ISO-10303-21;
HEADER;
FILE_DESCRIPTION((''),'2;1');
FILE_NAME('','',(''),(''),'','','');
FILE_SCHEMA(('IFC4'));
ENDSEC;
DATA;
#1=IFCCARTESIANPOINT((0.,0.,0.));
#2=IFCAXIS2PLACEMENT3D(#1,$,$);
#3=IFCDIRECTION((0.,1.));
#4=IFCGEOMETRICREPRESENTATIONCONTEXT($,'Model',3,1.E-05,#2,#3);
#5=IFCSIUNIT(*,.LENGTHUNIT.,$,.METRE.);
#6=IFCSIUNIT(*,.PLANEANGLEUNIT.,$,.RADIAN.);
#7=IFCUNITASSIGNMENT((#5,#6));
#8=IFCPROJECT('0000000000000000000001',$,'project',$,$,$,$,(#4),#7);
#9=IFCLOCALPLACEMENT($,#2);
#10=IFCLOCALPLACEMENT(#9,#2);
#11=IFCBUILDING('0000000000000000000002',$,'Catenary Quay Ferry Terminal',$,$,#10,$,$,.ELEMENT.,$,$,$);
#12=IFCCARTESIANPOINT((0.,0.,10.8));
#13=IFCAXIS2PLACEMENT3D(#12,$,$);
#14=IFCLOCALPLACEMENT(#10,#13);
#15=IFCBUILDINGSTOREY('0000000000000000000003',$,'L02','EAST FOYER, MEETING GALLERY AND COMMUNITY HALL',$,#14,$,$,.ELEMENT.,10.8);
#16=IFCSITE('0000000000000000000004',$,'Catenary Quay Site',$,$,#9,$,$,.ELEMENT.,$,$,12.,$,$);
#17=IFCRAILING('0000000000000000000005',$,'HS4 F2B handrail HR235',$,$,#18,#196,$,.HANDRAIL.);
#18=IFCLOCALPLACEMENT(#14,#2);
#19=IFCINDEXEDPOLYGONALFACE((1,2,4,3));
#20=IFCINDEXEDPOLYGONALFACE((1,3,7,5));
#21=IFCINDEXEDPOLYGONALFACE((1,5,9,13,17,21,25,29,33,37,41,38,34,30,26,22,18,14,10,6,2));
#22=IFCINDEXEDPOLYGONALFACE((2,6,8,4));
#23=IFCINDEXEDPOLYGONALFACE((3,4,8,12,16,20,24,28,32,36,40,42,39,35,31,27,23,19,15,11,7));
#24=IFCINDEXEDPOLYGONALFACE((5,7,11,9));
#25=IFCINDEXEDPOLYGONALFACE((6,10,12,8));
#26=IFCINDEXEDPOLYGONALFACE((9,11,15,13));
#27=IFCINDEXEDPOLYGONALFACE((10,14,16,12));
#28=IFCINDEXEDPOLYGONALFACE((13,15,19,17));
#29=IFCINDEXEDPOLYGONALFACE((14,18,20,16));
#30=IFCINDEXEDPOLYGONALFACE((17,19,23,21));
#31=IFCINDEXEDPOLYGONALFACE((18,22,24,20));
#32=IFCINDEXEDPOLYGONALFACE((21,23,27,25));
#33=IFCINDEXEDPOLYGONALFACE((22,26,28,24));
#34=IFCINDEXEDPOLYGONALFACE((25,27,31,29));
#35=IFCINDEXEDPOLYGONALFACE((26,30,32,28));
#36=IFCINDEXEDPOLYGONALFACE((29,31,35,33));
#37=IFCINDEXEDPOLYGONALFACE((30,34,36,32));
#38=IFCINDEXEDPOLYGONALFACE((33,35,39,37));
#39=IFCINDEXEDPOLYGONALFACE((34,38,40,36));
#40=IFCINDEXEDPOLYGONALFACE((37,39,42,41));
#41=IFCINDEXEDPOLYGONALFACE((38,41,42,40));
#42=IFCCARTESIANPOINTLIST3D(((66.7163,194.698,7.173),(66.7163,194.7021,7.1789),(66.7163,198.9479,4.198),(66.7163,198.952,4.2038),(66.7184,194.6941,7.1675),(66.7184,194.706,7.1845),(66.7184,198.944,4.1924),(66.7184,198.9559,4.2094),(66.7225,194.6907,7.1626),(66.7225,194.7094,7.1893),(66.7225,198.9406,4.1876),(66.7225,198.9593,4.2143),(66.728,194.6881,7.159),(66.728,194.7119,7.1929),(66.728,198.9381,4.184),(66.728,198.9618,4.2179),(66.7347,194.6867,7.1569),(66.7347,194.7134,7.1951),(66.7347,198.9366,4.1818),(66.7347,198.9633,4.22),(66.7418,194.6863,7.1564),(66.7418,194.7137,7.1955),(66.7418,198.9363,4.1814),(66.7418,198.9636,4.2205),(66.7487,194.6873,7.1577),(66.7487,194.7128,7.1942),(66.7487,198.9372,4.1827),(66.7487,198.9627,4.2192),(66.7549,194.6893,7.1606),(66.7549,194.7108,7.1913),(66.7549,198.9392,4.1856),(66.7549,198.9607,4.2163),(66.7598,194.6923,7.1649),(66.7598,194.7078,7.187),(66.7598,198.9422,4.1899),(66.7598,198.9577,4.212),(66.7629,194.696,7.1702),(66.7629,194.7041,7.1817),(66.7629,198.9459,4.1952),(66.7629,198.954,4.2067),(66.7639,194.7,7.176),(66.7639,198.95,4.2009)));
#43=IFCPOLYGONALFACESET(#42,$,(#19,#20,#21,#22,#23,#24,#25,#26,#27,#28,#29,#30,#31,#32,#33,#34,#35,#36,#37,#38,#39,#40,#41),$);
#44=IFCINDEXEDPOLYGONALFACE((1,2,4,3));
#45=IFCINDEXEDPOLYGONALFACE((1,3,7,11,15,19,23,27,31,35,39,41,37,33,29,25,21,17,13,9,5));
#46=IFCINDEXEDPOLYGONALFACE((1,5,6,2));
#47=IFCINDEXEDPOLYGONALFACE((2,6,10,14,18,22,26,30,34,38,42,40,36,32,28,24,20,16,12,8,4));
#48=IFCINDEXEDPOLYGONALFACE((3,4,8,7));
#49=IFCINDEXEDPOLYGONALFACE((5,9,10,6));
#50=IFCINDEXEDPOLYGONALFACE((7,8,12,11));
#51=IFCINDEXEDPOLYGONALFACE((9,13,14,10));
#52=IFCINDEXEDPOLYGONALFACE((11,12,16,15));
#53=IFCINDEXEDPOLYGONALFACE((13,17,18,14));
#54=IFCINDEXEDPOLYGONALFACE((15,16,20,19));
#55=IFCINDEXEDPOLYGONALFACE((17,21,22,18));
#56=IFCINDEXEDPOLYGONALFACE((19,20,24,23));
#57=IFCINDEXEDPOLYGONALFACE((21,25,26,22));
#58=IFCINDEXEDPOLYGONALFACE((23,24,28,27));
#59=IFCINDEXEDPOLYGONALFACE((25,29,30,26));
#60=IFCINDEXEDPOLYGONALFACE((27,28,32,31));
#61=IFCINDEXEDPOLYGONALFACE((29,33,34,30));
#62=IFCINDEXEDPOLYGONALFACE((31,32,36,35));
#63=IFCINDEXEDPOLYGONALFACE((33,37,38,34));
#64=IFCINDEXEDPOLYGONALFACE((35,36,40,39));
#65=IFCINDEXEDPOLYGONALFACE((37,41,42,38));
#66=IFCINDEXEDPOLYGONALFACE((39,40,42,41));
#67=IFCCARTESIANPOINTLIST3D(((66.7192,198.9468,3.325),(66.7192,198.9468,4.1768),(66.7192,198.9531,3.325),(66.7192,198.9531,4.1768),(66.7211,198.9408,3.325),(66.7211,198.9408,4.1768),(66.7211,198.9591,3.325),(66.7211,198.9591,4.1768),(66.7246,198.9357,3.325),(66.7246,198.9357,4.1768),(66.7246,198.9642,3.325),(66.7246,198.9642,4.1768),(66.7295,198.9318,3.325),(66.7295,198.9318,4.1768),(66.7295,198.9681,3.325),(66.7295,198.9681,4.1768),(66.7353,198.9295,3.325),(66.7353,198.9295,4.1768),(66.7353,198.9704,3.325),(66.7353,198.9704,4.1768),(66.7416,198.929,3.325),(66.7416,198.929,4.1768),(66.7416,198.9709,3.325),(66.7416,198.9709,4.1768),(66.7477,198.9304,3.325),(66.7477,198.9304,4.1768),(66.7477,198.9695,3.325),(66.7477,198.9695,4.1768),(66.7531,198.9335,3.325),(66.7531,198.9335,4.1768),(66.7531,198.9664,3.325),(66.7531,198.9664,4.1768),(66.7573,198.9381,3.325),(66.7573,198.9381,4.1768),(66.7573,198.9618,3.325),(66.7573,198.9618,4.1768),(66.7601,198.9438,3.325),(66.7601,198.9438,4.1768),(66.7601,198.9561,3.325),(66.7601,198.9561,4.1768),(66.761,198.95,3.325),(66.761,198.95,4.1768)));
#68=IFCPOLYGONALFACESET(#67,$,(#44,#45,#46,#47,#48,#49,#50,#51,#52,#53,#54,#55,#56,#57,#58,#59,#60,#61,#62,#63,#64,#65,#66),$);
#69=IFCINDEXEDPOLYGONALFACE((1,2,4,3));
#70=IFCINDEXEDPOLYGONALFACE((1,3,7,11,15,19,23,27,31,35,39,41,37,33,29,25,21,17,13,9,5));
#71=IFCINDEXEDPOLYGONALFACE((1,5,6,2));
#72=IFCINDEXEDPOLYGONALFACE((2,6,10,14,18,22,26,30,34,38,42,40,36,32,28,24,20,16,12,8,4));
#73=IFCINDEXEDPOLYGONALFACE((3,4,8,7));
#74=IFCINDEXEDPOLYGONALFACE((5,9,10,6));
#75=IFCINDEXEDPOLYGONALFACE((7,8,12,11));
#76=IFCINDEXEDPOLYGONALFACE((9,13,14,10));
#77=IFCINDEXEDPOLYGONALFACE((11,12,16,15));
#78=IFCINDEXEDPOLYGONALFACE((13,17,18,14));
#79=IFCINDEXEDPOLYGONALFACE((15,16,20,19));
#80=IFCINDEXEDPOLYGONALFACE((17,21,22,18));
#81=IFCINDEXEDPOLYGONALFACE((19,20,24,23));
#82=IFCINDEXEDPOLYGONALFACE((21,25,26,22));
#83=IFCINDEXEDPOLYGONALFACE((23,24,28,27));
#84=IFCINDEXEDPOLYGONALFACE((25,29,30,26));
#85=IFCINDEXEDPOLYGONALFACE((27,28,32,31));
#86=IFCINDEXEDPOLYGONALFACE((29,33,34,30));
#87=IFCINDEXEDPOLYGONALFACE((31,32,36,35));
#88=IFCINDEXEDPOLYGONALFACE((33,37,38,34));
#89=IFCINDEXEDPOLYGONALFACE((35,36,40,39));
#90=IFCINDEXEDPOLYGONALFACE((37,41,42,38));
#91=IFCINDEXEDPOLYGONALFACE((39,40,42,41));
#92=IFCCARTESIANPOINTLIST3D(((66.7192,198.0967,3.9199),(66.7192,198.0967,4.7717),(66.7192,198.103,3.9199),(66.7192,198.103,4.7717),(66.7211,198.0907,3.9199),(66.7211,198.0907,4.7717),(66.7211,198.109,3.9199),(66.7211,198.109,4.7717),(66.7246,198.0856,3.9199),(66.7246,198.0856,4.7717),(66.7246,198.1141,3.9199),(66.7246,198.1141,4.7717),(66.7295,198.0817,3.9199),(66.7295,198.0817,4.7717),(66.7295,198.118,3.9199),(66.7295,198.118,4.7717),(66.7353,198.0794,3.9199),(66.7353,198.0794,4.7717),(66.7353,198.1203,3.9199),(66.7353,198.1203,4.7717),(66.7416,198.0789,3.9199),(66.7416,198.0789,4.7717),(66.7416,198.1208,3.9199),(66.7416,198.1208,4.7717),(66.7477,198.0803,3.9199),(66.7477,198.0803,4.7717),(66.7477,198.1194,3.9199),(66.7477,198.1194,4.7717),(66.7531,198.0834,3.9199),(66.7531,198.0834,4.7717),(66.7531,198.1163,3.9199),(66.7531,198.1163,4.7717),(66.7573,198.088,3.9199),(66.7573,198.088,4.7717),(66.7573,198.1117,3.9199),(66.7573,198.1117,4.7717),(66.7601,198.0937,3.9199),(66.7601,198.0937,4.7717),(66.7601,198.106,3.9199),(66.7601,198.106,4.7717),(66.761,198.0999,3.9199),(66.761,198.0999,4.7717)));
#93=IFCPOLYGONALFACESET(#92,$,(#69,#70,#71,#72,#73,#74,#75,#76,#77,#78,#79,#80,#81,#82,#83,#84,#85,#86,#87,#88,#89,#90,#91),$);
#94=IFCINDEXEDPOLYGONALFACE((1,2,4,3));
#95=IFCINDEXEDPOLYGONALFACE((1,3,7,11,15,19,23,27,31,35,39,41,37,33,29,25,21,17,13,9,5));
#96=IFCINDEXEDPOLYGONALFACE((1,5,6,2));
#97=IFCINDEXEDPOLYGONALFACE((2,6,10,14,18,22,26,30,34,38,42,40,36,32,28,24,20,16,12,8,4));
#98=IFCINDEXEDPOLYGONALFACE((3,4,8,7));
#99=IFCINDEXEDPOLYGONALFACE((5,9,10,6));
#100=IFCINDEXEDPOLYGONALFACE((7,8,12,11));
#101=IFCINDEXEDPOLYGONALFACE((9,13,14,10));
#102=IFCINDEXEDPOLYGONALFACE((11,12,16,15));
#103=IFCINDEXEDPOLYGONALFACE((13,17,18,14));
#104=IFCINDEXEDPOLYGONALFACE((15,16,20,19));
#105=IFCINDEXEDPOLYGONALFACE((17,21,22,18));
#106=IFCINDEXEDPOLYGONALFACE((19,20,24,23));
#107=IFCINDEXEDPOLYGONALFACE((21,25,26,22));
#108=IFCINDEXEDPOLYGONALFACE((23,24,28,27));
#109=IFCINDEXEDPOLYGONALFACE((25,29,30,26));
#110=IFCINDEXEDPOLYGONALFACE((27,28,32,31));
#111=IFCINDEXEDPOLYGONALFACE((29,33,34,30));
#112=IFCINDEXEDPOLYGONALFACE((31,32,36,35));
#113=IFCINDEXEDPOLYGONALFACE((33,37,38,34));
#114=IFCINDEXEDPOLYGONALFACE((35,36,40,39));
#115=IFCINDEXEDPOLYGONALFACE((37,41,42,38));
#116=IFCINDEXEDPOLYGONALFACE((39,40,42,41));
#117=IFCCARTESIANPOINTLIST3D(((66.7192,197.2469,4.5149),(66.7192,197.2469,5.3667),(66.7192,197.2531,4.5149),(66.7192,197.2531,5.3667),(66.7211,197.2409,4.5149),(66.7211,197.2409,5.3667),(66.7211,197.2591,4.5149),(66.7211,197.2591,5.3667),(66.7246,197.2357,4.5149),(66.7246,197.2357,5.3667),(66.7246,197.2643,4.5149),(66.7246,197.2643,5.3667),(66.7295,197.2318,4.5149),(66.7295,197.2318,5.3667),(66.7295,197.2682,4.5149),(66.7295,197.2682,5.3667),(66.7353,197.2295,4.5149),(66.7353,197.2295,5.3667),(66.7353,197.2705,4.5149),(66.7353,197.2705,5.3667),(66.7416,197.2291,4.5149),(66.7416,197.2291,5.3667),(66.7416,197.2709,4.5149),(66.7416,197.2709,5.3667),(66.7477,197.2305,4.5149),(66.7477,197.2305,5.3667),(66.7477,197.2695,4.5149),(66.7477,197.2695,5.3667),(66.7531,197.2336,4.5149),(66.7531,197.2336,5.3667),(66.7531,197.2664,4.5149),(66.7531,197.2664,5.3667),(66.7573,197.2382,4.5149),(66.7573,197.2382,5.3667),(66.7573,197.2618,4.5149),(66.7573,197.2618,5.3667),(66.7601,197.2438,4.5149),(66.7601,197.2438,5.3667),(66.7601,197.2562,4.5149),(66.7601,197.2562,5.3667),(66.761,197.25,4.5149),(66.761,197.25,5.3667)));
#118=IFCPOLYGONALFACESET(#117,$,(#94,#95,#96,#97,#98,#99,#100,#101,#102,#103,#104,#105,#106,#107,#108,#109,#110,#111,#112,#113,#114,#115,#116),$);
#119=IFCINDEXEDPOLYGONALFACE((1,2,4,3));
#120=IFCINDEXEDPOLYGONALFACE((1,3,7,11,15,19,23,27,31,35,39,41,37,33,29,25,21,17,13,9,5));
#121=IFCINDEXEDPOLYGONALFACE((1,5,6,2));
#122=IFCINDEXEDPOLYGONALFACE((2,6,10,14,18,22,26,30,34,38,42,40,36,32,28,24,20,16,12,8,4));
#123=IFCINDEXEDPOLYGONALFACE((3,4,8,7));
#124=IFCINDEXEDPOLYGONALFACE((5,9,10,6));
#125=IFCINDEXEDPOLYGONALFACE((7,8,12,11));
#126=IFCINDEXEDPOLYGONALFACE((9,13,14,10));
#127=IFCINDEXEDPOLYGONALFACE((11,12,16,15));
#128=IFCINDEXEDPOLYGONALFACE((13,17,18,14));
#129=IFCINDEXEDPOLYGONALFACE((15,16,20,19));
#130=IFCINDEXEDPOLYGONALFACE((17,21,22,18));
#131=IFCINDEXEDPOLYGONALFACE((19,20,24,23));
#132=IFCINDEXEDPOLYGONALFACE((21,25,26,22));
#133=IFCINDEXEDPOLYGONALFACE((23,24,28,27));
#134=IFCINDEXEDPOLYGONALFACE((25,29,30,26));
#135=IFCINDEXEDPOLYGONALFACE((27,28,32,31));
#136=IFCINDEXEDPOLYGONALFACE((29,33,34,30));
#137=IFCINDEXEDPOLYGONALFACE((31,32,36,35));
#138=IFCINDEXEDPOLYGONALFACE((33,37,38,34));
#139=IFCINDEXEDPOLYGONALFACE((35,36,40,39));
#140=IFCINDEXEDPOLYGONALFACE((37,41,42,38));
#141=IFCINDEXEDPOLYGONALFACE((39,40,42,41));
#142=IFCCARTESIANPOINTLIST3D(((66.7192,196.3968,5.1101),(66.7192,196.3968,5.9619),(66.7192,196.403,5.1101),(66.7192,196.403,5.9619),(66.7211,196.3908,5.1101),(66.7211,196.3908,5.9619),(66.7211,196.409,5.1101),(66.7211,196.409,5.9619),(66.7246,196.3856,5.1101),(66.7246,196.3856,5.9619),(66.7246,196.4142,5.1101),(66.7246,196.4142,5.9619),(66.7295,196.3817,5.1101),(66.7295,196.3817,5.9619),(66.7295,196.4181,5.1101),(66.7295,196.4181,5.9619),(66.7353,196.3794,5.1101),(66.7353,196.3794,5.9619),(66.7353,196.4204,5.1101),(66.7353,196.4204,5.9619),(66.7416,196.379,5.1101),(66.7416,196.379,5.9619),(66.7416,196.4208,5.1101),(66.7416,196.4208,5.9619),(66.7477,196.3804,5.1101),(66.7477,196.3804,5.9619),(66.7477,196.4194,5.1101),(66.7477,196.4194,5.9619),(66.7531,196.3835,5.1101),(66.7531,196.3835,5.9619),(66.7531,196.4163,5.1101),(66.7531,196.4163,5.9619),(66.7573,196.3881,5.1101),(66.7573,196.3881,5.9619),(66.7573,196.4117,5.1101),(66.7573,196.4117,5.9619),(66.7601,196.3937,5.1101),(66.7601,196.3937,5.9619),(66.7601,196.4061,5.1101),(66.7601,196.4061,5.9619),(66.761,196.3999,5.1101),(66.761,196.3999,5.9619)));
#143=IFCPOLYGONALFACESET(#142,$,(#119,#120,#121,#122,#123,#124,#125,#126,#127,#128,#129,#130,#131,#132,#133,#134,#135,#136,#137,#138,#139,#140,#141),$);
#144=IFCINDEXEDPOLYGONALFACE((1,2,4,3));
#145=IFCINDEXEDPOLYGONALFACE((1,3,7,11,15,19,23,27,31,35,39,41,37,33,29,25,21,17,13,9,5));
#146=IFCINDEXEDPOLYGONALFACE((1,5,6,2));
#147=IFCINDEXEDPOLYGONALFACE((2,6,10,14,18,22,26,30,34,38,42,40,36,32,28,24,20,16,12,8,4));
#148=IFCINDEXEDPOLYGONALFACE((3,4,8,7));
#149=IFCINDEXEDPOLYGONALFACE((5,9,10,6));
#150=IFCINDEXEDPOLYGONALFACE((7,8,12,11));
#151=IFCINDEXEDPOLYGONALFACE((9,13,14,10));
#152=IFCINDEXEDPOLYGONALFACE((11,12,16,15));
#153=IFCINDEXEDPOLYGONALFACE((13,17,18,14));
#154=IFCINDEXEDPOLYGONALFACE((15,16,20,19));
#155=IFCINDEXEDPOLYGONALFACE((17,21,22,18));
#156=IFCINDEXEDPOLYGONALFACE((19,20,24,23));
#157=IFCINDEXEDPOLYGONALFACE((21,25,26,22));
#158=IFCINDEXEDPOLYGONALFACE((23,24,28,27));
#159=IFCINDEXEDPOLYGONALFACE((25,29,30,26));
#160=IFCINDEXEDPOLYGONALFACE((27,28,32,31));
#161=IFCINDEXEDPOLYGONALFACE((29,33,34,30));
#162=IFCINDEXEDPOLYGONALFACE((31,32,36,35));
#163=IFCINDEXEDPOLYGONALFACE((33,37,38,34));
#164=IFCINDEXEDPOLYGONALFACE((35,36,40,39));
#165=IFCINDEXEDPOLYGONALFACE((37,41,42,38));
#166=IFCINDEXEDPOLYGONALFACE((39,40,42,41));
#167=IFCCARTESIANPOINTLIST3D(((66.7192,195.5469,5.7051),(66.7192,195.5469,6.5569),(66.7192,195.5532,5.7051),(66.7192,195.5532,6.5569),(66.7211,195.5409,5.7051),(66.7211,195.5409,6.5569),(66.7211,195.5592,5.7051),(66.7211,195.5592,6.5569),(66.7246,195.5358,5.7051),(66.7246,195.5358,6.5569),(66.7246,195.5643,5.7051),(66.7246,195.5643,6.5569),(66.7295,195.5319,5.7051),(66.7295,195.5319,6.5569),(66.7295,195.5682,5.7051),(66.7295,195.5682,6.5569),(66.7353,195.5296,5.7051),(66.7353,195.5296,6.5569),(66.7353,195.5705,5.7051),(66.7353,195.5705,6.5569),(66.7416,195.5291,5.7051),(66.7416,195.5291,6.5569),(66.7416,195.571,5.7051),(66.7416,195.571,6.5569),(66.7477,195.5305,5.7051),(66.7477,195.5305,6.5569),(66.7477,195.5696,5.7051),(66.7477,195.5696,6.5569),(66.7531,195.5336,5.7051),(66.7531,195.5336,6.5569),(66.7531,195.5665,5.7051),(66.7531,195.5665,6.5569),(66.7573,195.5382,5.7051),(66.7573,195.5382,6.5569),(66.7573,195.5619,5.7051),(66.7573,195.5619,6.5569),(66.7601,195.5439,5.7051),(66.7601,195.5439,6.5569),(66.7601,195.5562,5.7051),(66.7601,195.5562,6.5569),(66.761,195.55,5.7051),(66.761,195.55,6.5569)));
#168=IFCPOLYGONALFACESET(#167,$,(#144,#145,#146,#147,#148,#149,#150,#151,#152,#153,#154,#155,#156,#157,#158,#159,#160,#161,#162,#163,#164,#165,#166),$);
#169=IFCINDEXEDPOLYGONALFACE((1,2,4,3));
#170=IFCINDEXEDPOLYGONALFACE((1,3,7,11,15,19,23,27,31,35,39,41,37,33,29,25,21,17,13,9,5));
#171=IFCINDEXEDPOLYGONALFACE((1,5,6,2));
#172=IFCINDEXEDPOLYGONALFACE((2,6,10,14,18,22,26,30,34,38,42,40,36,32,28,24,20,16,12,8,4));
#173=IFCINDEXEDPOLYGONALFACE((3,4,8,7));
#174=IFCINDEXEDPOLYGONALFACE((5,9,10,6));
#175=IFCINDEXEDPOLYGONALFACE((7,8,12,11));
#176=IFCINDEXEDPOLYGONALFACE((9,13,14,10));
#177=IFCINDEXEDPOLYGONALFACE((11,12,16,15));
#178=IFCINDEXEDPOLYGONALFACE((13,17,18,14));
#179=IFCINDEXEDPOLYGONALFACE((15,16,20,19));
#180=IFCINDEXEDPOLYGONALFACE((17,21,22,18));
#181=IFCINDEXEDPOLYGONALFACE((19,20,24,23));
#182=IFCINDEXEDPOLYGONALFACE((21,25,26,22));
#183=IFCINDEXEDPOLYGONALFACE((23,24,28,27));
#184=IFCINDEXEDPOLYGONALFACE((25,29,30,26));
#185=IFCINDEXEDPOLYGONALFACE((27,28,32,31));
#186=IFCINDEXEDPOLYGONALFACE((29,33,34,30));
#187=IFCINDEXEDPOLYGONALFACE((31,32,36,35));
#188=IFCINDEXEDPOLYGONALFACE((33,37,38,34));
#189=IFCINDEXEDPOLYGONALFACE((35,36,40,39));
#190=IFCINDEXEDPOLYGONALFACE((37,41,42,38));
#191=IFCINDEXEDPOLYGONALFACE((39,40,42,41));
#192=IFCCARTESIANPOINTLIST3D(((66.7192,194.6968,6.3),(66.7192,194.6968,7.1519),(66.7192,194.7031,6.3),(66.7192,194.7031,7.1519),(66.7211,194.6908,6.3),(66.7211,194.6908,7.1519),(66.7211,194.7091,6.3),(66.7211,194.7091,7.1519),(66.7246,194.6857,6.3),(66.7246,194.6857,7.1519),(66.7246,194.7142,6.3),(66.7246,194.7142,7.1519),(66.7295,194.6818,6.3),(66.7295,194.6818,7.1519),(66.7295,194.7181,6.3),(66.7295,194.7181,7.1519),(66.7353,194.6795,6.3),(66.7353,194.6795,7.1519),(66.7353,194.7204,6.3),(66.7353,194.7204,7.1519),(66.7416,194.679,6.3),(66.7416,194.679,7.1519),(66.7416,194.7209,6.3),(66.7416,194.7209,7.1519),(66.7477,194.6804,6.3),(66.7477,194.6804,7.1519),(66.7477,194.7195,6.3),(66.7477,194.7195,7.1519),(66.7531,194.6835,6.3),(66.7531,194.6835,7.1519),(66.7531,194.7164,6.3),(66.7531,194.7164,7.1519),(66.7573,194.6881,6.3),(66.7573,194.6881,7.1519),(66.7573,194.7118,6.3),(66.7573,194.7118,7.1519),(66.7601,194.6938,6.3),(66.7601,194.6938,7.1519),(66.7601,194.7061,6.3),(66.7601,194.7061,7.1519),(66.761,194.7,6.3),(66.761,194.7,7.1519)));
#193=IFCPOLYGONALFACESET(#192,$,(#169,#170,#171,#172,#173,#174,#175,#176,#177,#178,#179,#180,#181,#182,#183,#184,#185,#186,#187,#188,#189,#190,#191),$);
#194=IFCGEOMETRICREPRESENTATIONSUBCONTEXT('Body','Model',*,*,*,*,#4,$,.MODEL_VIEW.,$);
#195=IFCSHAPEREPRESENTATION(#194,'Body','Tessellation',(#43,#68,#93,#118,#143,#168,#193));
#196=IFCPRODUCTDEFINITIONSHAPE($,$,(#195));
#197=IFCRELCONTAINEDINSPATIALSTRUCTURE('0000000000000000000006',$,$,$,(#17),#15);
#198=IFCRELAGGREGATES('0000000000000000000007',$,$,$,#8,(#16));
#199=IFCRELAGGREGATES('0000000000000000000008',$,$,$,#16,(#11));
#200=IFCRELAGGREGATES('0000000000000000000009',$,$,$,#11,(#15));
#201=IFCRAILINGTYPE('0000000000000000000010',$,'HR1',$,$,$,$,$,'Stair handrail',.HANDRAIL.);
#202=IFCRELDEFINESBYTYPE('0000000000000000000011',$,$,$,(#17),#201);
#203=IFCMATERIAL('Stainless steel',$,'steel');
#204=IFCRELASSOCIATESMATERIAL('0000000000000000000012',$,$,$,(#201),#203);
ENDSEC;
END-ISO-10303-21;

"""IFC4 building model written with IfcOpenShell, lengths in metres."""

from ifc_helpers import new_model, si_unit, direction, frame, origin, origin_2d, place, context, subcontext, project, spatial, circle, extrude, material, type_object, element, save


model = new_model("IFC4")

# Units and contexts
model_context = context("Model", 3, precision=1e-05, world=origin(), true_north=direction((0.0, 1.0)))
body_context = subcontext(model_context, "Body", "Model", "MODEL_VIEW")
ifc_project = project(units=[si_unit("LENGTHUNIT", "METRE"), si_unit("PLANEANGLEUNIT", "RADIAN")], contexts=[model_context])

# Site, building, storey
site_placement = place(None, origin())
site = spatial("IfcSite", under=ifc_project, at=site_placement, Name="Catenary Quay Site", CompositionType="ELEMENT", RefElevation=12.0)
building_placement = place(site_placement, origin())
building = spatial("IfcBuilding", under=site, at=building_placement, Name="Catenary Quay Ferry Terminal", CompositionType="ELEMENT")
storey_placement = place(building_placement, frame((0.0, 0.0, 10.8)))
storey = spatial("IfcBuildingStorey", under=building, at=storey_placement, Name="L02", Description="EAST FOYER, MEETING GALLERY AND COMMUNITY HALL", CompositionType="ELEMENT", Elevation=10.8)

# Railing
ifc_material_1 = material(Name="Stainless steel", Category="steel")
railing_type_1 = type_object("IfcRailingType", Name="HR1", ElementType="Stair handrail", PredefinedType="HANDRAIL", material=ifc_material_1)
for number, where, name in (
    (1, (66.74, 198.95, 3.325), "HS4 F2B handrail HR235"),
):
    element("IfcRailing", number, at=place(storey_placement, frame(where)), inside=storey, type_object=railing_type_1, Name=name, PredefinedType="HANDRAIL", context=body_context, shape_type="SweptSolid", body=[
        extrude(circle(Radius=0.0239, at=origin_2d()), frame((0.0, 0.0, 0.876), z_axis=(0.0, -0.819223, 0.573475), x_axis=(1.0, 0.0, 0.0)), (0.0, 0.0, 1.0), 5.1877),
        extrude(circle(Radius=0.021, at=origin_2d()), origin(), (0.0, 0.0, 1.0), 0.8518),
        extrude(circle(Radius=0.021, at=origin_2d()), frame((0.0, -0.8501, 0.595)), (0.0, 0.0, 1.0), 0.8518),
        extrude(circle(Radius=0.021, at=origin_2d()), frame((0.0, -1.7, 1.1899)), (0.0, 0.0, 1.0), 0.8518),
        extrude(circle(Radius=0.021, at=origin_2d()), frame((0.0, -2.55, 1.7852)), (0.0, 0.0, 1.0), 0.8518),
        extrude(circle(Radius=0.021, at=origin_2d()), frame((0.0, -3.3999, 2.3801)), (0.0, 0.0, 1.0), 0.8518),
        extrude(circle(Radius=0.021, at=origin_2d()), frame((0.0, -4.25, 2.9751)), (0.0, 0.0, 1.0), 0.8518),
    ])

save(model, "model.ifc")
